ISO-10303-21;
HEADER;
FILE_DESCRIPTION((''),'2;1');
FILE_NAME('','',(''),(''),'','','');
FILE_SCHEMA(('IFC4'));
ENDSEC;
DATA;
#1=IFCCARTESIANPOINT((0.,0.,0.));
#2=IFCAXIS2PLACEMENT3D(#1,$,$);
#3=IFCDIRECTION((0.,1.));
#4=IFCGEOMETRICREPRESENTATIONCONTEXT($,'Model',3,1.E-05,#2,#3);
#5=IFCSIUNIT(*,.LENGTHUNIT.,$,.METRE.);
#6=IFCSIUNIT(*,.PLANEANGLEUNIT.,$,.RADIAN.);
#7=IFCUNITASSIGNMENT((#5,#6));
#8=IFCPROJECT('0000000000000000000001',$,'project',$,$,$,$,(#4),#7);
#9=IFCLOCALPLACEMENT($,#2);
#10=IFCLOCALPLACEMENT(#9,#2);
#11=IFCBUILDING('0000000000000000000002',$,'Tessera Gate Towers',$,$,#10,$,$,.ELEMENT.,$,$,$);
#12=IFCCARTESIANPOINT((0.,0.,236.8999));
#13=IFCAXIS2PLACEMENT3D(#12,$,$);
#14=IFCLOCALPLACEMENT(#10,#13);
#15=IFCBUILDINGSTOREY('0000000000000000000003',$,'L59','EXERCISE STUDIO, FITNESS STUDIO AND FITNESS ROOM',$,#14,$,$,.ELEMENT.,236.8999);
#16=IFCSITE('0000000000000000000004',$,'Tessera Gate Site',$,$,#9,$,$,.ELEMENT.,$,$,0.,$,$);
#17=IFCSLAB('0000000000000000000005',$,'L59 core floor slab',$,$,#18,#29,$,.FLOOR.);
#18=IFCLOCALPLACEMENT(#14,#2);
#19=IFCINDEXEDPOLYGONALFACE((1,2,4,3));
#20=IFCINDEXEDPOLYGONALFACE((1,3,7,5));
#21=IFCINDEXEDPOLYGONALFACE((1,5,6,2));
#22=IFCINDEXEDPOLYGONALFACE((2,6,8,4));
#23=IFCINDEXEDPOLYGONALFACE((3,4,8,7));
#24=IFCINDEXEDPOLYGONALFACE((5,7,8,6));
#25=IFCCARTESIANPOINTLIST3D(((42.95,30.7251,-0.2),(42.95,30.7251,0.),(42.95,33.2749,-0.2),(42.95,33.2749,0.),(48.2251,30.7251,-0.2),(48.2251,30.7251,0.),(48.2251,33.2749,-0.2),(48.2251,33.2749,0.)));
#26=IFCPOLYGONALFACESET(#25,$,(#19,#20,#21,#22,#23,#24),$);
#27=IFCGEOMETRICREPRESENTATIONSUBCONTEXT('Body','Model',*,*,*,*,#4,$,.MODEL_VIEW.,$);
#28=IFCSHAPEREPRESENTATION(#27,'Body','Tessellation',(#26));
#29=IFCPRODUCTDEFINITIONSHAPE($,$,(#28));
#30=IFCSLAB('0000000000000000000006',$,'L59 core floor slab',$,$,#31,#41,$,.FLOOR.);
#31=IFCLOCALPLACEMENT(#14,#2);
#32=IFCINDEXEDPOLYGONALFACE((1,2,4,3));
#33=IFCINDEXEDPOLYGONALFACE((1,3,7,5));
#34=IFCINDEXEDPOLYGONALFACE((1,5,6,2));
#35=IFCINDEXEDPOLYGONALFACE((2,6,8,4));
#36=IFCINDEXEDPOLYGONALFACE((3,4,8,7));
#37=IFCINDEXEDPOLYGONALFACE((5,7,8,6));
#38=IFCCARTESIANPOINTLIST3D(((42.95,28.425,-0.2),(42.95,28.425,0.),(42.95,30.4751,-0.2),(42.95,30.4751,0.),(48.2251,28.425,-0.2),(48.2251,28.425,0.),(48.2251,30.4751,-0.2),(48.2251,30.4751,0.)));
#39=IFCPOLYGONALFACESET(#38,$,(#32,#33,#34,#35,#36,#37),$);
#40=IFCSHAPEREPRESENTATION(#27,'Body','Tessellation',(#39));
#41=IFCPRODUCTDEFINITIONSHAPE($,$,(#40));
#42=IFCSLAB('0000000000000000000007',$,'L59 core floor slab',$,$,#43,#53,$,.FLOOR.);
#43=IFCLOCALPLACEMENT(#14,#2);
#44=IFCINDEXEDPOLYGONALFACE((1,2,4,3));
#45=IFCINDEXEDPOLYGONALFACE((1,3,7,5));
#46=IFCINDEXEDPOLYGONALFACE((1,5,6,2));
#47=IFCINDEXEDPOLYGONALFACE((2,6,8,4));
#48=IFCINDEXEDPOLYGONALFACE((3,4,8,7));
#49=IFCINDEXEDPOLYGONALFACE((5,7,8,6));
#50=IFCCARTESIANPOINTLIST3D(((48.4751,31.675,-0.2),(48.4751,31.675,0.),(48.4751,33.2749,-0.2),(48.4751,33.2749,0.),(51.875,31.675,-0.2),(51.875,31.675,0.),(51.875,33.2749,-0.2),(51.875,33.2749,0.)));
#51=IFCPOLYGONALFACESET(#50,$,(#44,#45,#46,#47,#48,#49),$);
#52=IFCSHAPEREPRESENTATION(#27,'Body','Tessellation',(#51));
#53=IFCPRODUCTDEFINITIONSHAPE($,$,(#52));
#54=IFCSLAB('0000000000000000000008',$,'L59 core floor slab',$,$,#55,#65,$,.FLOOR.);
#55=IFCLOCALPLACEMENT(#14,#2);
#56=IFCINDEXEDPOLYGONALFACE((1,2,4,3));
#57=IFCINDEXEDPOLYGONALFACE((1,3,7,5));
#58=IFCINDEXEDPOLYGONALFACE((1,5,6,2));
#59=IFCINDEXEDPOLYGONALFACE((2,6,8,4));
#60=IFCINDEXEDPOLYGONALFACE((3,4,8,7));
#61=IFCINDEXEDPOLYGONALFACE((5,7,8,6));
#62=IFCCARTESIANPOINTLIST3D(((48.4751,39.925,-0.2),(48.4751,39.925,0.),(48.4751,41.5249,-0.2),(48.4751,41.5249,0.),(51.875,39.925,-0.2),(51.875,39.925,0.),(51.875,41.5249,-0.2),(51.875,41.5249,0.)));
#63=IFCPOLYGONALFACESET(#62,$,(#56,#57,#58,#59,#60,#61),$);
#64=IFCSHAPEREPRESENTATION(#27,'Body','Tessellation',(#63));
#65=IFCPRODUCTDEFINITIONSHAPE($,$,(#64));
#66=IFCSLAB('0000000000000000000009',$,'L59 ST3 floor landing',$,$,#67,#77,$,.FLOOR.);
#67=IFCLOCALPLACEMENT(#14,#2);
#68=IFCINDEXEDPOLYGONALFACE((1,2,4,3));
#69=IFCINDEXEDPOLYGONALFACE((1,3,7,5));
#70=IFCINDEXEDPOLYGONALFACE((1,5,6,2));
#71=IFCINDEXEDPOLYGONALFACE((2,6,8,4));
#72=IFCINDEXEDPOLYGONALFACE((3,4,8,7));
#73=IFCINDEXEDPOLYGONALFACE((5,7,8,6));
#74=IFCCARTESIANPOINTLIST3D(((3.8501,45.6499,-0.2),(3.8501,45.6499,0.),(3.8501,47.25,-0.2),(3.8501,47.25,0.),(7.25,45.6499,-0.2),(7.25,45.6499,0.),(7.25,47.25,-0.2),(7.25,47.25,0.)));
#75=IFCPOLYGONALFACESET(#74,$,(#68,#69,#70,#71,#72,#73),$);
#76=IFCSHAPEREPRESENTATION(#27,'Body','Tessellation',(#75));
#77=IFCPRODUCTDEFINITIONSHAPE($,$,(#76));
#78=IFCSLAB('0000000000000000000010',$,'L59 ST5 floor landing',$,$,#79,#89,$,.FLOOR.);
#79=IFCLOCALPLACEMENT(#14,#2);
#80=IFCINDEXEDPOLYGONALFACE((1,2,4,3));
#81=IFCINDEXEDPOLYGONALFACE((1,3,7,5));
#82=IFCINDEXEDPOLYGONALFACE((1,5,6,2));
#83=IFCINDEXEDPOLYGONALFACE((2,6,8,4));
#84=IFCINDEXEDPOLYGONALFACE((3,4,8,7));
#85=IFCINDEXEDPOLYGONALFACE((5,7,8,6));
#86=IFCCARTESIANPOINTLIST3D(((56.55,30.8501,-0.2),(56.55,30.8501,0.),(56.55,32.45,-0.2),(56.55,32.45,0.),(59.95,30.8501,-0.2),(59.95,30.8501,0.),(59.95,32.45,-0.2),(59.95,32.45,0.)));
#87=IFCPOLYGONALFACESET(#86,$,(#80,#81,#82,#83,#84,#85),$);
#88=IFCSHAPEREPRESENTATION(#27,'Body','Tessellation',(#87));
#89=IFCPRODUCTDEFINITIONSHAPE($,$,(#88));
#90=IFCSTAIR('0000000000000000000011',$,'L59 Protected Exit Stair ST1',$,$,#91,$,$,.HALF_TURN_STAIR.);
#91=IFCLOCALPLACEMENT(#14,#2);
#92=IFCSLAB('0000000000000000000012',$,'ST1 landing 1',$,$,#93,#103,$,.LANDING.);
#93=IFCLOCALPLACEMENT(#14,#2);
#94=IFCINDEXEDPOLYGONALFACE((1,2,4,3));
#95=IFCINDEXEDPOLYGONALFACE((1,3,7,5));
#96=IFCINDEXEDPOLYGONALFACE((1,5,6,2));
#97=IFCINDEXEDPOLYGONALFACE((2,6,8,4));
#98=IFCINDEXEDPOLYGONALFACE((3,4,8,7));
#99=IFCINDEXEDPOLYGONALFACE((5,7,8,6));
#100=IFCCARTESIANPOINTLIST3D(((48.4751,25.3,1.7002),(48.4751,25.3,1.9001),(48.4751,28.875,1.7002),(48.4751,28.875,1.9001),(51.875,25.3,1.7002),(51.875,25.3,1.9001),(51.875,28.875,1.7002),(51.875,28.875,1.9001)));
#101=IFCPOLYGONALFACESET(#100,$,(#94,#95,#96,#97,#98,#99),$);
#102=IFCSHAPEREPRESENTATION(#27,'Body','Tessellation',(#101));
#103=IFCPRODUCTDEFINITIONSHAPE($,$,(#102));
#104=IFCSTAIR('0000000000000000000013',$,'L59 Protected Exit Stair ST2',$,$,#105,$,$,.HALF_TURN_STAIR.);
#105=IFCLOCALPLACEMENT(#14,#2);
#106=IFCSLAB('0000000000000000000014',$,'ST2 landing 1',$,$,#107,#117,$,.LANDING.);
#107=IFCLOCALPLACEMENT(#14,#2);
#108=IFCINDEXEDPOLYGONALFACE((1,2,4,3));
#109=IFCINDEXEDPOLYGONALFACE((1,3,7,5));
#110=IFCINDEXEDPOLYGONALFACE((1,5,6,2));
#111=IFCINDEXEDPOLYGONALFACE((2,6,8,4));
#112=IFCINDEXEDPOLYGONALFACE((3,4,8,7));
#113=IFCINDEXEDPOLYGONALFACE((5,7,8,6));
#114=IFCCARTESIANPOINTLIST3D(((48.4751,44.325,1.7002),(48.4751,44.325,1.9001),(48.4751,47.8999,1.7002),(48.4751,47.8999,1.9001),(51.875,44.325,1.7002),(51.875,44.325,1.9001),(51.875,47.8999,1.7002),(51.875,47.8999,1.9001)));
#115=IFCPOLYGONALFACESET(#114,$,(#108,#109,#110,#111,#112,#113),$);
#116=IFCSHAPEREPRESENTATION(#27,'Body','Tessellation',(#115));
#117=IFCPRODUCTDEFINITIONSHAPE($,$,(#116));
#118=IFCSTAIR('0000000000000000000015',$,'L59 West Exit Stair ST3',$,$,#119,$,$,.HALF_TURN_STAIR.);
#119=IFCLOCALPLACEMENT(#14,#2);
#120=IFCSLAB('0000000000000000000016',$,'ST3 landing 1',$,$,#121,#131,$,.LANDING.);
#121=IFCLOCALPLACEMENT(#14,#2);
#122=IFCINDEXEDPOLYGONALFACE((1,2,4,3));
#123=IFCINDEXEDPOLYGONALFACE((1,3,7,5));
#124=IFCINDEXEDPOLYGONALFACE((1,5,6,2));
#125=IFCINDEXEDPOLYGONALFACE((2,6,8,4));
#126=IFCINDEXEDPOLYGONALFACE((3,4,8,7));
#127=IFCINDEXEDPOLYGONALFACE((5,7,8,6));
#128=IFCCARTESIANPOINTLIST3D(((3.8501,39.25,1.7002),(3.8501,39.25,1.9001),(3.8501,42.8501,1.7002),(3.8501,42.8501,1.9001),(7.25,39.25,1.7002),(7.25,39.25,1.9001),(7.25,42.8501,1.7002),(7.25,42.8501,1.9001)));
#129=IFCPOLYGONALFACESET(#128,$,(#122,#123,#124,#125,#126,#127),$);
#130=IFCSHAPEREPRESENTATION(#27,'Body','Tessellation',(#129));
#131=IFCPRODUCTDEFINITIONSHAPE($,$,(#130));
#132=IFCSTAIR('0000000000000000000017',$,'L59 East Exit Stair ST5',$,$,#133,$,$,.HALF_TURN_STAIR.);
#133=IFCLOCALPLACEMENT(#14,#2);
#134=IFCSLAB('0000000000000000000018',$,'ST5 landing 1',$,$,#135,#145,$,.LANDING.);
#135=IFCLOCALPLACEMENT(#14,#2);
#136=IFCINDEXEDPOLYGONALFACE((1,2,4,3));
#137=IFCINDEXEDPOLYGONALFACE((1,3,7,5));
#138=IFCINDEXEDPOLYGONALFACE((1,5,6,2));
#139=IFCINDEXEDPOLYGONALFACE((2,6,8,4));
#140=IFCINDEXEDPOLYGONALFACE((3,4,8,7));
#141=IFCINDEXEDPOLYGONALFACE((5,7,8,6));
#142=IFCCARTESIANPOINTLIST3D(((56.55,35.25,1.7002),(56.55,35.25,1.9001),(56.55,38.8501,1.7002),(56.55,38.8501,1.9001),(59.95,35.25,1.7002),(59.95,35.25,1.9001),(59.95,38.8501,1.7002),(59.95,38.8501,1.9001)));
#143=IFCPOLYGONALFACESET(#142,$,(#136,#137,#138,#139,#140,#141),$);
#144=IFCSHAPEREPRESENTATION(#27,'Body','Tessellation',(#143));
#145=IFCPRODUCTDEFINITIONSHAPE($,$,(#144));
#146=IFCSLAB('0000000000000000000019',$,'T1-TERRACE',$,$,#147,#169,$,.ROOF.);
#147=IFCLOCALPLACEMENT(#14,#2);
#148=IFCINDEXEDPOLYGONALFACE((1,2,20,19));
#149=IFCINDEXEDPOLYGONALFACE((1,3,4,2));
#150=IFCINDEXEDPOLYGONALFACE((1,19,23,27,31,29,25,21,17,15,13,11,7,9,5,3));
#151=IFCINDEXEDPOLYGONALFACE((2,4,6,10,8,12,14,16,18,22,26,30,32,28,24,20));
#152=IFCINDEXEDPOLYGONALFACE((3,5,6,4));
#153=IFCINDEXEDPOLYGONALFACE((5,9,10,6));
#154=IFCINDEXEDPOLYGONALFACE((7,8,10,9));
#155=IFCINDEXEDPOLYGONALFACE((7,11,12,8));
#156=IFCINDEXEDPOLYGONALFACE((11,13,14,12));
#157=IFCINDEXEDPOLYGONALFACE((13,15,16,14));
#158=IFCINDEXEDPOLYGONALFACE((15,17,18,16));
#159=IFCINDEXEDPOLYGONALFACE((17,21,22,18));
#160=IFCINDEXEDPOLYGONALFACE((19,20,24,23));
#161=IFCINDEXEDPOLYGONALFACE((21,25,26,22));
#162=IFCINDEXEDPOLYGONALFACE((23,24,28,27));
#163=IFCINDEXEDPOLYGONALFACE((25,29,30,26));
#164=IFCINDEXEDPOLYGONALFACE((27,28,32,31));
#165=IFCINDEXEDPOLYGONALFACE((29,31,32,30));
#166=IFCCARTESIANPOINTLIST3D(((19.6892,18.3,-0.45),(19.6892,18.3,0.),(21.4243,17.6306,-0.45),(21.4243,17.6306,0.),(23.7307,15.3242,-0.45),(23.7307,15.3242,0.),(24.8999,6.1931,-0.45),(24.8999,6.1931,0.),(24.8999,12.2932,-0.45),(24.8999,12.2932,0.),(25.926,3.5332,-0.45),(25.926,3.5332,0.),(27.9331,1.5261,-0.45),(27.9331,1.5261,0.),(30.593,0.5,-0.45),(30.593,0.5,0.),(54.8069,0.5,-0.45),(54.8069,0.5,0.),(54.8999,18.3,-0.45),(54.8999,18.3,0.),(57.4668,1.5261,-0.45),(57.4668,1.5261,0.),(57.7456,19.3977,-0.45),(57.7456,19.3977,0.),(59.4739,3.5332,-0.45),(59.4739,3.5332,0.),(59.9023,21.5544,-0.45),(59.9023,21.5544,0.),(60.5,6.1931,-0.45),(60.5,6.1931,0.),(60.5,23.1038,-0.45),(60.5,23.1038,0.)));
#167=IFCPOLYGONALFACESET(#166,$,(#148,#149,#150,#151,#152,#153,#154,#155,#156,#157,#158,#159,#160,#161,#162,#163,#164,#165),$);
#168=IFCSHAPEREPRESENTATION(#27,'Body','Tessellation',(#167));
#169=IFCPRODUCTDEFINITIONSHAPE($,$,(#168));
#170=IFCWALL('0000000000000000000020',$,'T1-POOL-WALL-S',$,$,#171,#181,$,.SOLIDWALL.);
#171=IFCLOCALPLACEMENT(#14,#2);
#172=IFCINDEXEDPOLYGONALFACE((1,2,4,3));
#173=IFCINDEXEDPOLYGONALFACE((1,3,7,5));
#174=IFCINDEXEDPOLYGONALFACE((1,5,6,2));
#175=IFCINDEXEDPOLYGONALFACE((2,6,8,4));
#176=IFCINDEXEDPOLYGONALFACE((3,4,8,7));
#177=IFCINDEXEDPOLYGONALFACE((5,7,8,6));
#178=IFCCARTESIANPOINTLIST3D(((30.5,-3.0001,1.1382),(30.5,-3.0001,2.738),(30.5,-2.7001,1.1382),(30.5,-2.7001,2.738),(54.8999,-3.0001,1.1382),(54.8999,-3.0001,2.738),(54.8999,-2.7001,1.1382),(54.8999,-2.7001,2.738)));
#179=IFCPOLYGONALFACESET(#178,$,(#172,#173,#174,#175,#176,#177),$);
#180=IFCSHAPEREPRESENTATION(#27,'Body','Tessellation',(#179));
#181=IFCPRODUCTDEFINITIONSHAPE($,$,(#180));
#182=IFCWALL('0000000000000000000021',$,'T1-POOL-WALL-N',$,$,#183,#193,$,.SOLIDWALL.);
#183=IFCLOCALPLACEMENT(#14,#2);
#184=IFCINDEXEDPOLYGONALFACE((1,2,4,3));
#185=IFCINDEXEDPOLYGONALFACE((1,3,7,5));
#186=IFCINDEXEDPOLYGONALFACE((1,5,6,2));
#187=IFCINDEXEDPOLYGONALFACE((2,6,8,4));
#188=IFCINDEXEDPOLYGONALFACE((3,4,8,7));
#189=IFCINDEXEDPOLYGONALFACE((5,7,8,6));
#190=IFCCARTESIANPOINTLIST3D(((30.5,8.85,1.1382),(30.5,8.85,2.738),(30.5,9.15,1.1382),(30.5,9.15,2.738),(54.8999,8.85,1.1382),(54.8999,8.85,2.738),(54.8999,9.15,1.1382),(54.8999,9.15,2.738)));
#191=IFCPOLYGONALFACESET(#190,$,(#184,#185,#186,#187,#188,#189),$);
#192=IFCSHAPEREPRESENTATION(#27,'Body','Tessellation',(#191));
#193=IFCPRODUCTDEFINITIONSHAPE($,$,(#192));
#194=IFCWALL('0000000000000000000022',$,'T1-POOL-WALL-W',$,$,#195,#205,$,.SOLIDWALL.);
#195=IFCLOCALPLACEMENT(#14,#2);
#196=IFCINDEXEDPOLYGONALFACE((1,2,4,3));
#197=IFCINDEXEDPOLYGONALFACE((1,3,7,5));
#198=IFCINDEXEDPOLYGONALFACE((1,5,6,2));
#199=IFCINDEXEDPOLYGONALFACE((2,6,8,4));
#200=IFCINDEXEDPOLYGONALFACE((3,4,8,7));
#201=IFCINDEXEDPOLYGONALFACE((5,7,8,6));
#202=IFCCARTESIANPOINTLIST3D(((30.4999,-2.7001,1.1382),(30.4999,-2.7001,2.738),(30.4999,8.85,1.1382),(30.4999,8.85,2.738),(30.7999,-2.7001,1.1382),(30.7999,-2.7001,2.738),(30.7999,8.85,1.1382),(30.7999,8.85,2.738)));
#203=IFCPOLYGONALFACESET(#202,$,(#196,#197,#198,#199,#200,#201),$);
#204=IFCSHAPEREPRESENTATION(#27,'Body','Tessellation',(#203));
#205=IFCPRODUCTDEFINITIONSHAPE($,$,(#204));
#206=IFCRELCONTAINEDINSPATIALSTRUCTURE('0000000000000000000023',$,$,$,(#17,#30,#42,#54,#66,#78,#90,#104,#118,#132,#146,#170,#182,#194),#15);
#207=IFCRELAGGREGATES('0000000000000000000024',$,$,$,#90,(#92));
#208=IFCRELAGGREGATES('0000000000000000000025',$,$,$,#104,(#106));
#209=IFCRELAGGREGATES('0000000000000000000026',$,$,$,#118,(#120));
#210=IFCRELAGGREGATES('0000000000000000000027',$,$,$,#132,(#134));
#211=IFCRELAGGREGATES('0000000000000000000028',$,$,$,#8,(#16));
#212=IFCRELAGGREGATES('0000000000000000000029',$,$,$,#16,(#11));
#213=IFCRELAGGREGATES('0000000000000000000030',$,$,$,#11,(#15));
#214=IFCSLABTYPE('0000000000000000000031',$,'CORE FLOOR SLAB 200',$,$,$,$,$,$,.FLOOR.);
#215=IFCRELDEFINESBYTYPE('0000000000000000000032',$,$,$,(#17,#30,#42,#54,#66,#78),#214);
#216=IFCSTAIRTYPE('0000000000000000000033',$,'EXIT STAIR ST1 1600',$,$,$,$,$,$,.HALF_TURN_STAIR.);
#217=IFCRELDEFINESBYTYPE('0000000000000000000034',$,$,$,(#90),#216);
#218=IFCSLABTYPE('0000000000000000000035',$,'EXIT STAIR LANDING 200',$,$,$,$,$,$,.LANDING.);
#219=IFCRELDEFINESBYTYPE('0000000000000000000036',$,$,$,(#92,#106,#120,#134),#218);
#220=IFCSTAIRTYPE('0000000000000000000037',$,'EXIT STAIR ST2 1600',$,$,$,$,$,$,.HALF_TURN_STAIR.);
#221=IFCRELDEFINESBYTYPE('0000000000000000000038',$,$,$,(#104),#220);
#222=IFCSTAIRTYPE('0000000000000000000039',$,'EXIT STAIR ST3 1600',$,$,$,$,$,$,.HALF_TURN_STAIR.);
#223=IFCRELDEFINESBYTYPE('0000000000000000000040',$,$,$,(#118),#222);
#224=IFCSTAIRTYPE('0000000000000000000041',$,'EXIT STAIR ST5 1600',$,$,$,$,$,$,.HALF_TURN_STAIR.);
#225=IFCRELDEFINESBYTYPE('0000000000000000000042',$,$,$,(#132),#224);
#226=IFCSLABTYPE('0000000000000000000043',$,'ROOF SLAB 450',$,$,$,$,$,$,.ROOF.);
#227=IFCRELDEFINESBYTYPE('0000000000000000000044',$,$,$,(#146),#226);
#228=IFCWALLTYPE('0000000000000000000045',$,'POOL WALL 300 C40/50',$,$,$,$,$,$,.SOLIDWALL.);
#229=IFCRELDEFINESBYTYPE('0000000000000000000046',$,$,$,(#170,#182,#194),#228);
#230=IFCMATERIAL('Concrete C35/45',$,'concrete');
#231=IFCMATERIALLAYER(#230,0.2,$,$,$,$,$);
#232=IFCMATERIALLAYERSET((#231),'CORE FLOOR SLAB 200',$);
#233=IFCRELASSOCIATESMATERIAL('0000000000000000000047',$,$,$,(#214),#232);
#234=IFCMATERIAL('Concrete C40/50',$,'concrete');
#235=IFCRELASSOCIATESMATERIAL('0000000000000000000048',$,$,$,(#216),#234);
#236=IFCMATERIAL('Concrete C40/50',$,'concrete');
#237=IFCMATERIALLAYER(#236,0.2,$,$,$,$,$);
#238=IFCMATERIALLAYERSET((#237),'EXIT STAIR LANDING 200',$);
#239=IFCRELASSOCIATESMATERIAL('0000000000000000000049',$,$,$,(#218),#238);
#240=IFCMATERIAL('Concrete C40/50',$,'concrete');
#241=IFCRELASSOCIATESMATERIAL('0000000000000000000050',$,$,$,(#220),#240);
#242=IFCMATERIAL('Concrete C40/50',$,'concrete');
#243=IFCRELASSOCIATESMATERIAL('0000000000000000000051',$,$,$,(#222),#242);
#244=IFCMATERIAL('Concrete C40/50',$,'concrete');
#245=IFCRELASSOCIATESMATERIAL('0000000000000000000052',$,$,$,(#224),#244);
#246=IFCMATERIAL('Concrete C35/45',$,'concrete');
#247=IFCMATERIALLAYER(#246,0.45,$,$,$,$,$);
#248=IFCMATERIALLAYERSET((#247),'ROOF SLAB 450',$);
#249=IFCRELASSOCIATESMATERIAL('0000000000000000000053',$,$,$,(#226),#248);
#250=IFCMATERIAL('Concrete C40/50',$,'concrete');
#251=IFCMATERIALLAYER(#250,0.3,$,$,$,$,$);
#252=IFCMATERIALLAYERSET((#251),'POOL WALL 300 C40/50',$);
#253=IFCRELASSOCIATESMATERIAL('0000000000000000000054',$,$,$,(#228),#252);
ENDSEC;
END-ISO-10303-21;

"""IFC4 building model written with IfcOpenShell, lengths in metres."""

from ifc_helpers import new_model, si_unit, direction, frame, frame_2d, origin, place, context, subcontext, project, spatial, polyline, rectangle, outline, extrude, material, layer, layer_set, type_object, element, aggregate, save


model = new_model("IFC4")

# Units and contexts
model_context = context("Model", 3, precision=1e-05, world=origin(), true_north=direction((0.0, 1.0)))
body_context = subcontext(model_context, "Body", "Model", "MODEL_VIEW")
ifc_project = project(units=[si_unit("LENGTHUNIT", "METRE"), si_unit("PLANEANGLEUNIT", "RADIAN")], contexts=[model_context])

# Site, building, storey
site_placement = place(None, origin())
site = spatial("IfcSite", under=ifc_project, at=site_placement, Name="Tessera Gate Site", CompositionType="ELEMENT", RefElevation=0.0)
building_placement = place(site_placement, origin())
building = spatial("IfcBuilding", under=site, at=building_placement, Name="Tessera Gate Towers", CompositionType="ELEMENT")
storey_placement = place(building_placement, frame((0.0, 0.0, 236.8999)))
storey = spatial("IfcBuildingStorey", under=building, at=storey_placement, Name="L59", Description="EXERCISE STUDIO, FITNESS STUDIO AND FITNESS ROOM", CompositionType="ELEMENT", Elevation=236.8999)

# Slabs
ifc_material_1 = material(Name="Concrete C35/45", Category="concrete")
ifc_layer_1 = layer(ifc_material_1, 0.2)
ifc_layer_set_1 = layer_set([ifc_layer_1], Name="CORE FLOOR SLAB 200")
slab_type_1 = type_object("IfcSlabType", Name="CORE FLOOR SLAB 200", PredefinedType="FLOOR", material=ifc_layer_set_1)
slab_1_placement = place(storey_placement, frame((0.0, 0.0, -0.2)))
element("IfcSlab", 1, at=slab_1_placement, inside=storey, type_object=slab_type_1, Name="L59 core floor slab", PredefinedType="FLOOR", context=body_context, shape_type="SweptSolid", body=[
    extrude(outline(polyline([(42.95, 33.2749), (42.95, 30.7251), (48.2251, 30.7251), (48.2251, 33.2749), (42.95, 33.2749)])), origin(), (0.0, 0.0, 1.0), 0.2),
])
slab_2_placement = place(storey_placement, frame((0.0, 0.0, -0.2)))
element("IfcSlab", 2, at=slab_2_placement, inside=storey, type_object=slab_type_1, Name="L59 core floor slab", PredefinedType="FLOOR", context=body_context, shape_type="SweptSolid", body=[
    extrude(outline(polyline([(48.2251, 30.4751), (42.95, 30.4751), (42.95, 28.425), (48.2251, 28.425), (48.2251, 30.4751)])), origin(), (0.0, 0.0, 1.0), 0.2),
])
slab_3_placement = place(storey_placement, frame((0.0, 0.0, -0.2)))
element("IfcSlab", 3, at=slab_3_placement, inside=storey, type_object=slab_type_1, Name="L59 core floor slab", PredefinedType="FLOOR", context=body_context, shape_type="SweptSolid", body=[
    extrude(outline(polyline([(51.875, 31.675), (51.875, 33.2749), (48.4751, 33.2749), (48.4751, 31.675), (51.875, 31.675)])), origin(), (0.0, 0.0, 1.0), 0.2),
])
slab_4_placement = place(storey_placement, frame((0.0, 0.0, -0.2)))
element("IfcSlab", 4, at=slab_4_placement, inside=storey, type_object=slab_type_1, Name="L59 core floor slab", PredefinedType="FLOOR", context=body_context, shape_type="SweptSolid", body=[
    extrude(outline(polyline([(48.4751, 41.5249), (48.4751, 39.925), (51.875, 39.925), (51.875, 41.5249), (48.4751, 41.5249)])), origin(), (0.0, 0.0, 1.0), 0.2),
])
slab_5_placement = place(storey_placement, frame((0.0, 0.0, -0.2)))
element("IfcSlab", 5, at=slab_5_placement, inside=storey, type_object=slab_type_1, Name="L59 ST3 floor landing", PredefinedType="FLOOR", context=body_context, shape_type="SweptSolid", body=[
    extrude(outline(polyline([(3.8501, 47.25), (3.8501, 45.6499), (7.25, 45.6499), (7.25, 47.25), (3.8501, 47.25)])), origin(), (0.0, 0.0, 1.0), 0.2),
])
slab_6_placement = place(storey_placement, frame((0.0, 0.0, -0.2)))
element("IfcSlab", 6, at=slab_6_placement, inside=storey, type_object=slab_type_1, Name="L59 ST5 floor landing", PredefinedType="FLOOR", context=body_context, shape_type="SweptSolid", body=[
    extrude(outline(polyline([(59.95, 30.8501), (59.95, 32.45), (56.55, 32.45), (56.55, 30.8501), (59.95, 30.8501)])), origin(), (0.0, 0.0, 1.0), 0.2),
])

# Stairs, slabs
ifc_material_2 = material(Name="Concrete C40/50", Category="concrete")
stair_type_1 = type_object("IfcStairType", Name="EXIT STAIR ST1 1600", PredefinedType="HALF_TURN_STAIR", material=ifc_material_2)
stair_1_placement = place(storey_placement, origin())
stair_1 = element("IfcStair", 7, at=stair_1_placement, inside=storey, type_object=stair_type_1, Name="L59 Protected Exit Stair ST1", PredefinedType="HALF_TURN_STAIR")
ifc_material_3 = material(Name="Concrete C40/50", Category="concrete")
ifc_layer_2 = layer(ifc_material_3, 0.2)
ifc_layer_set_2 = layer_set([ifc_layer_2], Name="EXIT STAIR LANDING 200")
slab_type_2 = type_object("IfcSlabType", Name="EXIT STAIR LANDING 200", PredefinedType="LANDING", material=ifc_layer_set_2)
slab_7_placement = place(storey_placement, frame((0.0, 0.0, 1.7002)))
slab_7 = element("IfcSlab", 8, at=slab_7_placement, type_object=slab_type_2, Name="ST1 landing 1", PredefinedType="LANDING", context=body_context, shape_type="SweptSolid", body=[
    extrude(outline(polyline([(48.4751, 28.875), (48.4751, 25.3), (51.875, 25.3), (51.875, 28.875), (48.4751, 28.875)])), origin(), (0.0, 0.0, 1.0), 0.2),
])
aggregate(stair_1, [slab_7])
ifc_material_4 = material(Name="Concrete C40/50", Category="concrete")
stair_type_2 = type_object("IfcStairType", Name="EXIT STAIR ST2 1600", PredefinedType="HALF_TURN_STAIR", material=ifc_material_4)
stair_2_placement = place(storey_placement, origin())
stair_2 = element("IfcStair", 9, at=stair_2_placement, inside=storey, type_object=stair_type_2, Name="L59 Protected Exit Stair ST2", PredefinedType="HALF_TURN_STAIR")
slab_8_placement = place(storey_placement, frame((0.0, 0.0, 1.7002)))
slab_8 = element("IfcSlab", 10, at=slab_8_placement, type_object=slab_type_2, Name="ST2 landing 1", PredefinedType="LANDING", context=body_context, shape_type="SweptSolid", body=[
    extrude(outline(polyline([(51.875, 44.325), (51.875, 47.8999), (48.4751, 47.8999), (48.4751, 44.325), (51.875, 44.325)])), origin(), (0.0, 0.0, 1.0), 0.2),
])
aggregate(stair_2, [slab_8])
ifc_material_5 = material(Name="Concrete C40/50", Category="concrete")
stair_type_3 = type_object("IfcStairType", Name="EXIT STAIR ST3 1600", PredefinedType="HALF_TURN_STAIR", material=ifc_material_5)
stair_3_placement = place(storey_placement, origin())
stair_3 = element("IfcStair", 11, at=stair_3_placement, inside=storey, type_object=stair_type_3, Name="L59 West Exit Stair ST3", PredefinedType="HALF_TURN_STAIR")
slab_9_placement = place(storey_placement, frame((0.0, 0.0, 1.7002)))
slab_9 = element("IfcSlab", 12, at=slab_9_placement, type_object=slab_type_2, Name="ST3 landing 1", PredefinedType="LANDING", context=body_context, shape_type="SweptSolid", body=[
    extrude(outline(polyline([(3.8501, 42.8501), (3.8501, 39.25), (7.25, 39.25), (7.25, 42.8501), (3.8501, 42.8501)])), origin(), (0.0, 0.0, 1.0), 0.2),
])
aggregate(stair_3, [slab_9])
ifc_material_6 = material(Name="Concrete C40/50", Category="concrete")
stair_type_4 = type_object("IfcStairType", Name="EXIT STAIR ST5 1600", PredefinedType="HALF_TURN_STAIR", material=ifc_material_6)
stair_4_placement = place(storey_placement, origin())
stair_4 = element("IfcStair", 13, at=stair_4_placement, inside=storey, type_object=stair_type_4, Name="L59 East Exit Stair ST5", PredefinedType="HALF_TURN_STAIR")
slab_10_placement = place(storey_placement, frame((0.0, 0.0, 1.7002)))
slab_10 = element("IfcSlab", 14, at=slab_10_placement, type_object=slab_type_2, Name="ST5 landing 1", PredefinedType="LANDING", context=body_context, shape_type="SweptSolid", body=[
    extrude(outline(polyline([(59.95, 35.25), (59.95, 38.8501), (56.55, 38.8501), (56.55, 35.25), (59.95, 35.25)])), origin(), (0.0, 0.0, 1.0), 0.2),
])
aggregate(stair_4, [slab_10])

# Slab
ifc_material_7 = material(Name="Concrete C35/45", Category="concrete")
ifc_layer_3 = layer(ifc_material_7, 0.45)
ifc_layer_set_3 = layer_set([ifc_layer_3], Name="ROOF SLAB 450")
slab_type_3 = type_object("IfcSlabType", Name="ROOF SLAB 450", PredefinedType="ROOF", material=ifc_layer_set_3)
slab_11_placement = place(storey_placement, frame((0.0, 0.0, -0.45)))
element("IfcSlab", 15, at=slab_11_placement, inside=storey, type_object=slab_type_3, Name="T1-TERRACE", PredefinedType="ROOF", context=body_context, shape_type="SweptSolid", body=[
    extrude(outline(polyline([(19.6892, 18.3), (21.4243, 17.6306), (23.7307, 15.3242), (24.8999, 12.2932), (24.8999, 6.1931), (25.926, 3.5332), (27.9331, 1.5261), (30.593, 0.5), (54.8069, 0.5), (57.4668, 1.5261), (59.4739, 3.5332), (60.5, 6.1931), (60.5, 23.1038), (59.9023, 21.5544), (57.7456, 19.3977), (54.8999, 18.3), (19.6892, 18.3)])), origin(), (0.0, 0.0, 1.0), 0.45),
])

# Walls
ifc_material_8 = material(Name="Concrete C40/50", Category="concrete")
ifc_layer_4 = layer(ifc_material_8, 0.3)
ifc_layer_set_4 = layer_set([ifc_layer_4], Name="POOL WALL 300 C40/50")
wall_type_1 = type_object("IfcWallType", Name="POOL WALL 300 C40/50", PredefinedType="SOLIDWALL", material=ifc_layer_set_4)
for number, where, z_axis, x_axis, name in (
    (16, (30.5, -2.8501, 1.1382), (0.0, 0.0, 1.0), (1.0, 0.0, 0.0), "T1-POOL-WALL-S"),
    (17, (30.5, 9.0, 1.1382), (0.0, 0.0, 1.0), (1.0, 0.0, 0.0), "T1-POOL-WALL-N"),
):
    element("IfcWall", number, at=place(storey_placement, frame(where, z_axis=z_axis, x_axis=x_axis)), inside=storey, type_object=wall_type_1, Name=name, PredefinedType="SOLIDWALL", context=body_context, shape_type="SweptSolid", body=[
        extrude(rectangle(XDim=24.3999, YDim=0.3, at=frame_2d((12.2, 0.0))), origin(), (0.0, 0.0, 1.0), 1.5999),
    ])
wall_1_placement = place(storey_placement, frame((30.6499, -2.7, 1.1382), z_axis=(0.0, 0.0, 1.0), x_axis=(0.0, 1.0, 0.0)))
element("IfcWall", 18, at=wall_1_placement, inside=storey, type_object=wall_type_1, Name="T1-POOL-WALL-W", PredefinedType="SOLIDWALL", context=body_context, shape_type="SweptSolid", body=[
    extrude(rectangle(XDim=11.55, YDim=0.3, at=frame_2d((5.7749, 0.0))), origin(), (0.0, 0.0, 1.0), 1.5999),
])

save(model, "model.ifc")
